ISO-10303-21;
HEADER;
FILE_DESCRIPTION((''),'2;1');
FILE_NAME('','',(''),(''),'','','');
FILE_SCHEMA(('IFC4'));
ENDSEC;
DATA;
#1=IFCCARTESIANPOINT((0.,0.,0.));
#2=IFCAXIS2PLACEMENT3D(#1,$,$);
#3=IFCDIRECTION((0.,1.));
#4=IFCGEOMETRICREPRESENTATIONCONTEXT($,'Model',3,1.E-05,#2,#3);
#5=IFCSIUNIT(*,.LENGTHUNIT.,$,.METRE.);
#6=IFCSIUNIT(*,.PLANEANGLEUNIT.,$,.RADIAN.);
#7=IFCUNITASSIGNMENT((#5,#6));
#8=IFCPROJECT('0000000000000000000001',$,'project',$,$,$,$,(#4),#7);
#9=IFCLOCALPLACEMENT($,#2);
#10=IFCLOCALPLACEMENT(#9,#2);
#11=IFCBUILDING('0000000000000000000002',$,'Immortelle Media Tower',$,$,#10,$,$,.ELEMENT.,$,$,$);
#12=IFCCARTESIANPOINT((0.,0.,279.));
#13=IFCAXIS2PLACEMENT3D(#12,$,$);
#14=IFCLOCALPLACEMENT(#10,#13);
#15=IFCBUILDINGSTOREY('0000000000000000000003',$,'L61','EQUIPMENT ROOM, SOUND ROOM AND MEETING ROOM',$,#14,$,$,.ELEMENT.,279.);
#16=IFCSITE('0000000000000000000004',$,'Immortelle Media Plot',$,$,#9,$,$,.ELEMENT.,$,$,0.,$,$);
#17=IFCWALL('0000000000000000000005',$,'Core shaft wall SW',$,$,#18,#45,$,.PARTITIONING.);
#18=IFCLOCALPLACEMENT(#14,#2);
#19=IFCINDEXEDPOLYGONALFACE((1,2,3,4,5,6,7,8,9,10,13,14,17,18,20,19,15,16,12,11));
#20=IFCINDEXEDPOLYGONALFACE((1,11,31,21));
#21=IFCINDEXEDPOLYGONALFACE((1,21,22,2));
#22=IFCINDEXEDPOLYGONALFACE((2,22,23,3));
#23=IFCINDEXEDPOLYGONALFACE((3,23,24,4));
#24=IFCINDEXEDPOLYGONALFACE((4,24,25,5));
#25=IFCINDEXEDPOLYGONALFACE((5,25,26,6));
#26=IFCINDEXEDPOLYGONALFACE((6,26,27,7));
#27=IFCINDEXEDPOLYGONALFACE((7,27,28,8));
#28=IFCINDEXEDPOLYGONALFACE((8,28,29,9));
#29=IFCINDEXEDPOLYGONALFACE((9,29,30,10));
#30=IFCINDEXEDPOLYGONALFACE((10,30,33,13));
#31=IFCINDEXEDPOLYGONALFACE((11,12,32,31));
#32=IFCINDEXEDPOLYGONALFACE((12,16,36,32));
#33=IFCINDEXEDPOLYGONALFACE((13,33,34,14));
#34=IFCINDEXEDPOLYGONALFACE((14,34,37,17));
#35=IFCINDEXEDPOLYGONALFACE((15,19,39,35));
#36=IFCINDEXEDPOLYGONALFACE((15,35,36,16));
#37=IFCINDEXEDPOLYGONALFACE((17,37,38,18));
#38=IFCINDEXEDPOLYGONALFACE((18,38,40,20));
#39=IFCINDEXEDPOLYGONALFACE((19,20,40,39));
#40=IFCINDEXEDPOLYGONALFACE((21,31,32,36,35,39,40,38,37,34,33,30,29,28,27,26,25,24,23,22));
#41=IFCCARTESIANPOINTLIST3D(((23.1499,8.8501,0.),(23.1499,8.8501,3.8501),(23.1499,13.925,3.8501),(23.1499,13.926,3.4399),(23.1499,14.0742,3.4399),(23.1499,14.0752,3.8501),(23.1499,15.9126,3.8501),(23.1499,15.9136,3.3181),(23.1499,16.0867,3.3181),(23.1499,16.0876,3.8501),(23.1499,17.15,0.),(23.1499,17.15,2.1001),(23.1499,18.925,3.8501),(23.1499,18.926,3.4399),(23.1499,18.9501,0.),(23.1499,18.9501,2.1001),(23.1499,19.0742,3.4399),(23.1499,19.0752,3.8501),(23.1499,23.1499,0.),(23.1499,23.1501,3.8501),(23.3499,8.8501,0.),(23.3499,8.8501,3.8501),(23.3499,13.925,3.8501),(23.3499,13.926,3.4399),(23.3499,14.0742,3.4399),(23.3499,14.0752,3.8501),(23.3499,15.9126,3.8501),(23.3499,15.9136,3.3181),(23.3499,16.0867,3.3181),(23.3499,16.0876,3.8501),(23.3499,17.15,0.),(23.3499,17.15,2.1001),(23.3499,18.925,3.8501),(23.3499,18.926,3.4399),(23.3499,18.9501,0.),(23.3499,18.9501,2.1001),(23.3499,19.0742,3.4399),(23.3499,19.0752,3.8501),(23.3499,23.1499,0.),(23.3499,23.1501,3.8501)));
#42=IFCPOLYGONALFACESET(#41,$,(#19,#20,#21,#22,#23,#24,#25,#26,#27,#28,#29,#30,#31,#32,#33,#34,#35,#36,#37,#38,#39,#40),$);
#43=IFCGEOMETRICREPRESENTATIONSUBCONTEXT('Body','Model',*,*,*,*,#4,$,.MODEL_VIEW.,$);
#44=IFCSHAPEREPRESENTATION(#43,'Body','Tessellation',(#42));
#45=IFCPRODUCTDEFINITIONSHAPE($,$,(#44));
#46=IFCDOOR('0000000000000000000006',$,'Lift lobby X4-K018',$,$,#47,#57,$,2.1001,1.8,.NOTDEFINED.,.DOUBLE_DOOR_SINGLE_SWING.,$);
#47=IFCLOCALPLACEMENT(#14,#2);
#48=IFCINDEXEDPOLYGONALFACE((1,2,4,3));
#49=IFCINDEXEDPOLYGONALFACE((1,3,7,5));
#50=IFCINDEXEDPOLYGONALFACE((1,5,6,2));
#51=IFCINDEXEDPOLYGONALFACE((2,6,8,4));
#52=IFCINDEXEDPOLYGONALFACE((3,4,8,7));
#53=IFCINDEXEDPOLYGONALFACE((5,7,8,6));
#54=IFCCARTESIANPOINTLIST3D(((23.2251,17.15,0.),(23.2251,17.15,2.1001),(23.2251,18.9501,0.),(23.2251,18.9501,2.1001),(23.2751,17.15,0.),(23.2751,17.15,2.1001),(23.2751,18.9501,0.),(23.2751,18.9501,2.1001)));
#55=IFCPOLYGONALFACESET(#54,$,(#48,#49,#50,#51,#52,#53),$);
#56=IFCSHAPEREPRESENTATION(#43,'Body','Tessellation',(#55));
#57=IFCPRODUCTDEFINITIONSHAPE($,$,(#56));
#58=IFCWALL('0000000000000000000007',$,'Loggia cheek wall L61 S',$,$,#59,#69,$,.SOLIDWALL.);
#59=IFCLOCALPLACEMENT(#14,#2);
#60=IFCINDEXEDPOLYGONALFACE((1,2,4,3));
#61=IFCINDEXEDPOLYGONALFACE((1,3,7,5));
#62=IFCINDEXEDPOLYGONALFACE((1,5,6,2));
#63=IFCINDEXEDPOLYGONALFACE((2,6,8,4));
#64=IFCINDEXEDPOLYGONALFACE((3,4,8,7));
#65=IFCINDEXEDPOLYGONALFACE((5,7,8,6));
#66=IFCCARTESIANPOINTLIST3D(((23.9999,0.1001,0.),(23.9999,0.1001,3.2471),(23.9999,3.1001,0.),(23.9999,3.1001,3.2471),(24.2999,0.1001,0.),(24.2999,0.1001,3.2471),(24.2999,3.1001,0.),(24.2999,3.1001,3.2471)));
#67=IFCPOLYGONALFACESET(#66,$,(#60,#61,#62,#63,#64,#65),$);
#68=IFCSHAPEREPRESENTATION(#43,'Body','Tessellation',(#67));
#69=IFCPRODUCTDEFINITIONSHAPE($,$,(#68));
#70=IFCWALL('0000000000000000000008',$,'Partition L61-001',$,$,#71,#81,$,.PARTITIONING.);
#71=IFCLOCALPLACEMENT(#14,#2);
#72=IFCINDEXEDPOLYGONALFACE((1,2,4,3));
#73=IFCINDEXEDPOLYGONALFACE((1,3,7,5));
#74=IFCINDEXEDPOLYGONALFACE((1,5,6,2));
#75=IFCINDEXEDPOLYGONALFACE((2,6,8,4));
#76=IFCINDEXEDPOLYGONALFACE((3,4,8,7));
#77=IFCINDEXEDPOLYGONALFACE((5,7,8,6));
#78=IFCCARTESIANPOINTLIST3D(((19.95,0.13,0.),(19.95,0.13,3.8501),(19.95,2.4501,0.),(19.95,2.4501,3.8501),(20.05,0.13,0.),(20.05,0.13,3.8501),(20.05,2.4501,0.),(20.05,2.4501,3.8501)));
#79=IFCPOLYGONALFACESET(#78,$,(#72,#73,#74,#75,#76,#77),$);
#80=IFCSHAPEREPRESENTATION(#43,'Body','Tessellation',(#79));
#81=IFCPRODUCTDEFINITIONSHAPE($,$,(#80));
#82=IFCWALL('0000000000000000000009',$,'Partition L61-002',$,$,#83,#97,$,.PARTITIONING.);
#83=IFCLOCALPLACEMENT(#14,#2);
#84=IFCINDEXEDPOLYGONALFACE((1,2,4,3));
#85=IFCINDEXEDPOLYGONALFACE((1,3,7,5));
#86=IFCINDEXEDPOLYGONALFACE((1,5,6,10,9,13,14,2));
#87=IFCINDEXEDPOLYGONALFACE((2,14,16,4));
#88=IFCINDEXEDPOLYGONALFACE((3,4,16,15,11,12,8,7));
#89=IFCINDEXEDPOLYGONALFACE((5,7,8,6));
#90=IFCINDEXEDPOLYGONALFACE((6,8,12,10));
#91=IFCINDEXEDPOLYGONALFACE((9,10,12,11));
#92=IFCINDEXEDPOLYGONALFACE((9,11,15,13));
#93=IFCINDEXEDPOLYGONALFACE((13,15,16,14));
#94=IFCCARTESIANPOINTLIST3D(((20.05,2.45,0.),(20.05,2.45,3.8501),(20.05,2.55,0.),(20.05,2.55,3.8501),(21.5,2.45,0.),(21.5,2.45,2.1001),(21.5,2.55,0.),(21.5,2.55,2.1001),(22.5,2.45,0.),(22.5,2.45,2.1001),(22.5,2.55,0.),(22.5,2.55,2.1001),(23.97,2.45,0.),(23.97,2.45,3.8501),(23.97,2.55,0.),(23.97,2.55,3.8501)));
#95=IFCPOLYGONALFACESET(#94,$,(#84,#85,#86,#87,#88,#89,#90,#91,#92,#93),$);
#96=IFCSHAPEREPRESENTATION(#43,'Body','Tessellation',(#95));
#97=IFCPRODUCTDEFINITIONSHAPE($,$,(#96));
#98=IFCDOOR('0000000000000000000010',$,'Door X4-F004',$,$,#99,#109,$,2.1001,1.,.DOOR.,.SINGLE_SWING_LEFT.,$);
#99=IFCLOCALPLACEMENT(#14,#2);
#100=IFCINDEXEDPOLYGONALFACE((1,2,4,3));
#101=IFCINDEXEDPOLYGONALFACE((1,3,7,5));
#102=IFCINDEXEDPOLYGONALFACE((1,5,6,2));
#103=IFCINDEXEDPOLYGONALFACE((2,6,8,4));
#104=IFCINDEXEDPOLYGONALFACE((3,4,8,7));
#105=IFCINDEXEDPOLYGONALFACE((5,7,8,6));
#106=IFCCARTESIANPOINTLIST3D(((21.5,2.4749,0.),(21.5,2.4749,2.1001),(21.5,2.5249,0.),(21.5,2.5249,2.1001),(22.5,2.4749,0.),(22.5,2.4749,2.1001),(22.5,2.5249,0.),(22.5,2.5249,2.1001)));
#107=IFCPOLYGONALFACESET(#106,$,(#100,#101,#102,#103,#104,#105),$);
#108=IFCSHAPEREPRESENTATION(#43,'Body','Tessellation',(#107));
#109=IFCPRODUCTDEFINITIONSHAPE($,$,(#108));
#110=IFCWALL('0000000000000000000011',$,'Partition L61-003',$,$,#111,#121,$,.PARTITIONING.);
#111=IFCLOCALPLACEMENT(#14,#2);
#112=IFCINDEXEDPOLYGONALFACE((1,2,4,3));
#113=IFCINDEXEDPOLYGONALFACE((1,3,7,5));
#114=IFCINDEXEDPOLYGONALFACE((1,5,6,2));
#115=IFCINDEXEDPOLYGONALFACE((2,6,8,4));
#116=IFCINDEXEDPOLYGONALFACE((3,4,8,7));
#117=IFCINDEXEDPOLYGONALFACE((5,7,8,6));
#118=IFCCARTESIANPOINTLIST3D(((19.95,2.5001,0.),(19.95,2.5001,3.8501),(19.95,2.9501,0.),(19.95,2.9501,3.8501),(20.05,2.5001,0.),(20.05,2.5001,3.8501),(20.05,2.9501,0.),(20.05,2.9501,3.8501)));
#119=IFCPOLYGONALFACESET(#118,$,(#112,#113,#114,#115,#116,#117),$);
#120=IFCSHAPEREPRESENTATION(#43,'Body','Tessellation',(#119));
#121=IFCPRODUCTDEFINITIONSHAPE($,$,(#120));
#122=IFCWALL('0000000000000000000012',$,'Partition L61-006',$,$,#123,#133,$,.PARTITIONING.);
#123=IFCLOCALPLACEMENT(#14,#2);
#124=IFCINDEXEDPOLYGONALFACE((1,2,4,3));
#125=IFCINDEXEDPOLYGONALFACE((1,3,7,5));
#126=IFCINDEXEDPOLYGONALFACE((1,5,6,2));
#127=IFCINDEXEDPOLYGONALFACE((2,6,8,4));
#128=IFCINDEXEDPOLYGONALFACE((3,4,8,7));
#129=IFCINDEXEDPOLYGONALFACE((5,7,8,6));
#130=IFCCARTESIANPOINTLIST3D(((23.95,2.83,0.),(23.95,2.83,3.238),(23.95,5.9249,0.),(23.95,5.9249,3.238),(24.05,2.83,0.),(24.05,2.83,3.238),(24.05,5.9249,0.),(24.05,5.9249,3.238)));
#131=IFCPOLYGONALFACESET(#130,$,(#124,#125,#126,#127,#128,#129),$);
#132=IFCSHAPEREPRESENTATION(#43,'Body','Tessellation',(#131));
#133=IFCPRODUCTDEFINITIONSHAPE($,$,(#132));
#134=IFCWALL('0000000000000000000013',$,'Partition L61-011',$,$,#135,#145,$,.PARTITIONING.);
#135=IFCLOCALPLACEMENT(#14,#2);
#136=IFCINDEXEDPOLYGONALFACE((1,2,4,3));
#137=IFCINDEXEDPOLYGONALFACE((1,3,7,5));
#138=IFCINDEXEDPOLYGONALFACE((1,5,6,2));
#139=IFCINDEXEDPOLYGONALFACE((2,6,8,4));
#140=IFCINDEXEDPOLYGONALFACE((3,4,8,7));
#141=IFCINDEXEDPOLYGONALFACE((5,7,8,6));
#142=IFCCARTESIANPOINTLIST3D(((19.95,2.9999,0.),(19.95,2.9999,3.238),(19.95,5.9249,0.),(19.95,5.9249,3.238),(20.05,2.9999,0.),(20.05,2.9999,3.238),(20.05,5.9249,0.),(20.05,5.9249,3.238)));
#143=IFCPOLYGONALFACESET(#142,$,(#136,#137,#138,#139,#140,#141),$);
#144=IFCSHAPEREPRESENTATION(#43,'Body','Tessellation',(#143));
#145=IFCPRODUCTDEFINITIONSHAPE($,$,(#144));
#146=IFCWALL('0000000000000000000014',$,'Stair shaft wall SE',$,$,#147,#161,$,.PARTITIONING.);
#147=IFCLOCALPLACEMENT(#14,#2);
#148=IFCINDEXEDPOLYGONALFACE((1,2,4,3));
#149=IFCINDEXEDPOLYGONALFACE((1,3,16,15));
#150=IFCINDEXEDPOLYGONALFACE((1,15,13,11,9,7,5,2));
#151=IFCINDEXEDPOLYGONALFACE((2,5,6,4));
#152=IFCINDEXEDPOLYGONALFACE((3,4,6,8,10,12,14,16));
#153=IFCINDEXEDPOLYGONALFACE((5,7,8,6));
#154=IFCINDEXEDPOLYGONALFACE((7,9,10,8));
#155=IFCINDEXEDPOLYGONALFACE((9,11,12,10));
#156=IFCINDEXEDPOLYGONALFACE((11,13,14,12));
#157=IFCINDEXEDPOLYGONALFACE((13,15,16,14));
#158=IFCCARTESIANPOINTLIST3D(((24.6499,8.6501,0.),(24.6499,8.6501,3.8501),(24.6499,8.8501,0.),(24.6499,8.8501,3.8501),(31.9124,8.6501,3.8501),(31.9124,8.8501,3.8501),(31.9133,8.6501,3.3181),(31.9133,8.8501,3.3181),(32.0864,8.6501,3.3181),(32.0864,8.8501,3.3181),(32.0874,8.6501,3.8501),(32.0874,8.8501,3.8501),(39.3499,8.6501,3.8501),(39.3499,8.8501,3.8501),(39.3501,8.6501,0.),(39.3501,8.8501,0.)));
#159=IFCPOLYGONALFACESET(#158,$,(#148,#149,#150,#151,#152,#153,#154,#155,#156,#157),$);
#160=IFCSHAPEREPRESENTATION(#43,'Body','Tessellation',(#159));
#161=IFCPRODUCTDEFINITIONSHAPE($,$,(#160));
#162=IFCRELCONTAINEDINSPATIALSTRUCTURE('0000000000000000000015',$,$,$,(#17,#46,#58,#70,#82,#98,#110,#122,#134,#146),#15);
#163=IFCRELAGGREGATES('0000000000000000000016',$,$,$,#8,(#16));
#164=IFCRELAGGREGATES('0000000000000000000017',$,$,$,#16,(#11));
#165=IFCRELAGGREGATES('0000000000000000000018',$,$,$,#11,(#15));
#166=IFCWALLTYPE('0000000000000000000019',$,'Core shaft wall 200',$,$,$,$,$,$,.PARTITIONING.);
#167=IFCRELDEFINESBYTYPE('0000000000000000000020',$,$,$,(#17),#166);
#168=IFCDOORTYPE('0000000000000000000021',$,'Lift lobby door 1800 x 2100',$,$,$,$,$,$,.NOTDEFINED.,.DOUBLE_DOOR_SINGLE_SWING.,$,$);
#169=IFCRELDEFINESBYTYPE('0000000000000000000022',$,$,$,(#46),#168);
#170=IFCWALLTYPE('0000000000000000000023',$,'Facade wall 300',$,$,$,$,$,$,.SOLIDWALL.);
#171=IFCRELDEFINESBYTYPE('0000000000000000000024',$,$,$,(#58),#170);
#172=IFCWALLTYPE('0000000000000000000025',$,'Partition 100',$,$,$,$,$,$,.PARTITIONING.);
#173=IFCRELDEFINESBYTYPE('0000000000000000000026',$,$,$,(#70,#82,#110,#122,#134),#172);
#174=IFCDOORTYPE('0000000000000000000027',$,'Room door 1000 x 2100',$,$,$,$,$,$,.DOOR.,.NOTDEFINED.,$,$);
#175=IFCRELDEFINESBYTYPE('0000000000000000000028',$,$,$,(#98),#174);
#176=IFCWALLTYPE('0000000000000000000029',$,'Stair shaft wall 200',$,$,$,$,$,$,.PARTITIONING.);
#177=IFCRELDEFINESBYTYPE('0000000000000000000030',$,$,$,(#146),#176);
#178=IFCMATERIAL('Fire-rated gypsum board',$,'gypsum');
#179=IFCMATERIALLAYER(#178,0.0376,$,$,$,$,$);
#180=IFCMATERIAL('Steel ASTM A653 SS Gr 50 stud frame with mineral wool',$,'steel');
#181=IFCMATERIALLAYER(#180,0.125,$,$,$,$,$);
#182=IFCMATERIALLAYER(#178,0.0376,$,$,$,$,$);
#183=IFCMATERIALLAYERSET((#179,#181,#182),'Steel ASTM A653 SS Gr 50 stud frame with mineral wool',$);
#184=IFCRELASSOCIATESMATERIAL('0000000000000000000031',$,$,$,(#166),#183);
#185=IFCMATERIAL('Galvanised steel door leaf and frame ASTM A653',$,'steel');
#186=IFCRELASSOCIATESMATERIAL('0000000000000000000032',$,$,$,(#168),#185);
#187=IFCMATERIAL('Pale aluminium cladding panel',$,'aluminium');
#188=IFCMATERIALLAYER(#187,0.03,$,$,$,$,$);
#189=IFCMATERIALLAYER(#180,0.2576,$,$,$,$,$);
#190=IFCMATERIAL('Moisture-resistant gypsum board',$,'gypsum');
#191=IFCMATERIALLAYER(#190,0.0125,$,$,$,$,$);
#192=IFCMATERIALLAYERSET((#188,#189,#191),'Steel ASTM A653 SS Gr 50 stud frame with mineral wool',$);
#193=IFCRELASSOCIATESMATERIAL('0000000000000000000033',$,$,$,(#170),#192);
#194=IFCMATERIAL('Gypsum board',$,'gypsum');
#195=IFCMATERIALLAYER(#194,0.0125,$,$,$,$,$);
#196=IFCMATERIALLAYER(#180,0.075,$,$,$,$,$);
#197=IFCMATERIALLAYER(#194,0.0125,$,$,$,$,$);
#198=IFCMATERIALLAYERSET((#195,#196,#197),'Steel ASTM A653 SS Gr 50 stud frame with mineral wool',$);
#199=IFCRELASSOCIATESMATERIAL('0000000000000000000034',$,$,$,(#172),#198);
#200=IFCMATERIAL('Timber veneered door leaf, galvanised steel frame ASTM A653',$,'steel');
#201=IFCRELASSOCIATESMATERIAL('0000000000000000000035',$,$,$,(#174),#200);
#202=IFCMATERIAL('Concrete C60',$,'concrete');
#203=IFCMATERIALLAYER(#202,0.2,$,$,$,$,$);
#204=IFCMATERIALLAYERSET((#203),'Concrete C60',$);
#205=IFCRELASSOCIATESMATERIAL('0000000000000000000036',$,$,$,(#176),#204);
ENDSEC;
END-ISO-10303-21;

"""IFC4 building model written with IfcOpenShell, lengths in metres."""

from ifc_helpers import new_model, si_unit, direction, frame, frame_2d, origin, place, context, subcontext, project, spatial, polyline, rectangle, outline, extrude, material, layer, layer_set, type_object, element, fill, save


model = new_model("IFC4")

# Units and contexts
model_context = context("Model", 3, precision=1e-05, world=origin(), true_north=direction((0.0, 1.0)))
body_context = subcontext(model_context, "Body", "Model", "MODEL_VIEW")
ifc_project = project(units=[si_unit("LENGTHUNIT", "METRE"), si_unit("PLANEANGLEUNIT", "RADIAN")], contexts=[model_context])

# Site, building, storey
site_placement = place(None, origin())
site = spatial("IfcSite", under=ifc_project, at=site_placement, Name="Immortelle Media Plot", CompositionType="ELEMENT", RefElevation=0.0)
building_placement = place(site_placement, origin())
building = spatial("IfcBuilding", under=site, at=building_placement, Name="Immortelle Media Tower", CompositionType="ELEMENT")
storey_placement = place(building_placement, frame((0.0, 0.0, 279.0)))
storey = spatial("IfcBuildingStorey", under=building, at=storey_placement, Name="L61", Description="EQUIPMENT ROOM, SOUND ROOM AND MEETING ROOM", CompositionType="ELEMENT", Elevation=279.0)

# Wall, opening, door
ifc_material_1 = material(Name="Fire-rated gypsum board", Category="gypsum")
ifc_layer_1 = layer(ifc_material_1, 0.0376)
ifc_material_2 = material(Name="Steel ASTM A653 SS Gr 50 stud frame with mineral wool", Category="steel")
ifc_layer_2 = layer(ifc_material_2, 0.125)
ifc_layer_3 = layer(ifc_material_1, 0.0376)
ifc_layer_set_1 = layer_set([ifc_layer_1, ifc_layer_2, ifc_layer_3], Name="Steel ASTM A653 SS Gr 50 stud frame with mineral wool")
wall_type_1 = type_object("IfcWallType", Name="Core shaft wall 200", PredefinedType="PARTITIONING", material=ifc_layer_set_1)
wall_1_placement = place(storey_placement, frame((23.25, 8.8501, 0.0), z_axis=(0.0, 0.0, 1.0), x_axis=(0.0, 1.0, 0.0)))
wall_1 = element("IfcWall", 1, at=wall_1_placement, inside=storey, type_object=wall_type_1, Name="Core shaft wall SW", PredefinedType="PARTITIONING", context=body_context, shape_type="SweptSolid", body=[
    extrude(outline(polyline([(0.0, 0.0), (14.2998, 0.0), (14.3, 3.8501), (10.2251, 3.8501), (10.2241, 3.4399), (10.0759, 3.4399), (10.075, 3.8501), (7.2375, 3.8501), (7.2366, 3.3181), (7.0635, 3.3181), (7.0625, 3.8501), (5.2251, 3.8501), (5.2241, 3.4399), (5.0759, 3.4399), (5.075, 3.8501), (0.0, 3.8501), (0.0, 0.0)])), frame((0.0, 0.1001, 0.0), z_axis=(0.0, -1.0, 0.0), x_axis=(1.0, 0.0, 0.0)), (0.0, 0.0, 1.0), 0.2),
])
opening_1_placement = place(wall_1_placement, frame((8.3, 0.0, 0.0)))
opening_1 = element("IfcOpeningElement", 2, at=opening_1_placement, cuts=wall_1, PredefinedType="OPENING", context=body_context, shape_type="SweptSolid", body=[
    extrude(rectangle(XDim=1.8, YDim=2.1001, at=frame_2d((0.8999, 1.05))), frame((0.0, 0.1099, 0.0), z_axis=(0.0, -1.0, 0.0), x_axis=(1.0, 0.0, 0.0)), (0.0, 0.0, 1.0), 0.22),
])
ifc_material_3 = material(Name="Galvanised steel door leaf and frame ASTM A653", Category="steel")
door_type_1 = type_object("IfcDoorType", Name="Lift lobby door 1800 x 2100", OperationType="DOUBLE_DOOR_SINGLE_SWING", PredefinedType="NOTDEFINED", material=ifc_material_3)
door_1_placement = place(opening_1_placement, origin())
door_1 = element("IfcDoor", 3, at=door_1_placement, inside=storey, type_object=door_type_1, Name="Lift lobby X4-K018", OperationType="DOUBLE_DOOR_SINGLE_SWING", OverallHeight=2.1001, OverallWidth=1.8, PredefinedType="NOTDEFINED", context=body_context, shape_type="SweptSolid", body=[
    extrude(rectangle(XDim=1.8, YDim=2.1001, at=frame_2d((0.8999, 1.05))), frame((0.0, 0.0249, 0.0), z_axis=(0.0, -1.0, 0.0), x_axis=(1.0, 0.0, 0.0)), (0.0, 0.0, 1.0), 0.05),
])
fill(opening_1, door_1)

# Shared definitions
ifc_material_4 = material(Name="Pale aluminium cladding panel", Category="aluminium")
ifc_layer_4 = layer(ifc_material_4, 0.03)
ifc_layer_5 = layer(ifc_material_2, 0.2576)
ifc_material_5 = material(Name="Moisture-resistant gypsum board", Category="gypsum")
ifc_layer_6 = layer(ifc_material_5, 0.0125)
ifc_layer_set_2 = layer_set([ifc_layer_4, ifc_layer_5, ifc_layer_6], Name="Steel ASTM A653 SS Gr 50 stud frame with mineral wool")
wall_type_2 = type_object("IfcWallType", Name="Facade wall 300", PredefinedType="SOLIDWALL", material=ifc_layer_set_2)

# Walls
wall_2_placement = place(storey_placement, frame((24.1499, 0.1001, 0.0), z_axis=(0.0, 0.0, 1.0), x_axis=(0.0, 1.0, 0.0)))
element("IfcWall", 4, at=wall_2_placement, inside=storey, type_object=wall_type_2, Name="Loggia cheek wall L61 S", PredefinedType="SOLIDWALL", context=body_context, shape_type="SweptSolid", body=[
    extrude(rectangle(XDim=3.0, YDim=0.3, at=frame_2d((1.5, 0.0))), origin(), (0.0, 0.0, 1.0), 3.2471),
])
ifc_material_6 = material(Name="Gypsum board", Category="gypsum")
ifc_layer_7 = layer(ifc_material_6, 0.0125)
ifc_layer_8 = layer(ifc_material_2, 0.075)
ifc_layer_9 = layer(ifc_material_6, 0.0125)
ifc_layer_set_3 = layer_set([ifc_layer_7, ifc_layer_8, ifc_layer_9], Name="Steel ASTM A653 SS Gr 50 stud frame with mineral wool")
wall_type_3 = type_object("IfcWallType", Name="Partition 100", PredefinedType="PARTITIONING", material=ifc_layer_set_3)
wall_3_placement = place(storey_placement, frame((20.0, 0.1299, 0.0), z_axis=(0.0, 0.0, 1.0), x_axis=(0.0, 1.0, 0.0)))
element("IfcWall", 5, at=wall_3_placement, inside=storey, type_object=wall_type_3, Name="Partition L61-001", PredefinedType="PARTITIONING", context=body_context, shape_type="SweptSolid", body=[
    extrude(rectangle(XDim=2.3201, YDim=0.1001, at=frame_2d((1.1602, 0.0))), origin(), (0.0, 0.0, 1.0), 3.8501),
])

# Wall, opening, door
wall_4_placement = place(storey_placement, frame((20.05, 2.5, 0.0), z_axis=(0.0, 0.0, 1.0), x_axis=(1.0, 0.0, 0.0)))
wall_4 = element("IfcWall", 6, at=wall_4_placement, inside=storey, type_object=wall_type_3, Name="Partition L61-002", PredefinedType="PARTITIONING", context=body_context, shape_type="SweptSolid", body=[
    extrude(rectangle(XDim=3.9199, YDim=0.1001, at=frame_2d((1.96, 0.0))), origin(), (0.0, 0.0, 1.0), 3.8501),
])
opening_2_placement = place(wall_4_placement, frame((1.45, 0.0, 0.0)))
opening_2 = element("IfcOpeningElement", 7, at=opening_2_placement, cuts=wall_4, PredefinedType="OPENING", context=body_context, shape_type="SweptSolid", body=[
    extrude(rectangle(XDim=1.0, YDim=2.1001, at=frame_2d((0.5, 1.05))), frame((0.0, 0.0601, 0.0), z_axis=(0.0, -1.0, 0.0), x_axis=(1.0, 0.0, 0.0)), (0.0, 0.0, 1.0), 0.1201),
])
ifc_material_7 = material(Name="Timber veneered door leaf, galvanised steel frame ASTM A653", Category="steel")
door_type_2 = type_object("IfcDoorType", Name="Room door 1000 x 2100", OperationType="NOTDEFINED", PredefinedType="DOOR", material=ifc_material_7)
door_2_placement = place(opening_2_placement, origin())
door_2 = element("IfcDoor", 8, at=door_2_placement, inside=storey, type_object=door_type_2, Name="Door X4-F004", OperationType="SINGLE_SWING_LEFT", OverallHeight=2.1001, OverallWidth=1.0, PredefinedType="DOOR", context=body_context, shape_type="SweptSolid", body=[
    extrude(rectangle(XDim=1.0, YDim=2.1001, at=frame_2d((0.5, 1.05))), frame((0.0, 0.0249, 0.0), z_axis=(0.0, -1.0, 0.0), x_axis=(1.0, 0.0, 0.0)), (0.0, 0.0, 1.0), 0.05),
])
fill(opening_2, door_2)

# Walls
wall_5_placement = place(storey_placement, frame((20.0, 2.5, 0.0), z_axis=(0.0, 0.0, 1.0), x_axis=(0.0, 1.0, 0.0)))
element("IfcWall", 9, at=wall_5_placement, inside=storey, type_object=wall_type_3, Name="Partition L61-003", PredefinedType="PARTITIONING", context=body_context, shape_type="SweptSolid", body=[
    extrude(rectangle(XDim=0.45, YDim=0.1001, at=frame_2d((0.2251, 0.0))), origin(), (0.0, 0.0, 1.0), 3.8501),
])
wall_6_placement = place(storey_placement, frame((24.0, 2.8301, 0.0), z_axis=(0.0, 0.0, 1.0), x_axis=(0.0, 1.0, 0.0)))
element("IfcWall", 10, at=wall_6_placement, inside=storey, type_object=wall_type_3, Name="Partition L61-006", PredefinedType="PARTITIONING", context=body_context, shape_type="SweptSolid", body=[
    extrude(rectangle(XDim=3.095, YDim=0.1001, at=frame_2d((1.5474, 0.0))), origin(), (0.0, 0.0, 1.0), 3.238),
])
wall_7_placement = place(storey_placement, frame((20.0, 3.0, 0.0), z_axis=(0.0, 0.0, 1.0), x_axis=(0.0, 1.0, 0.0)))
element("IfcWall", 11, at=wall_7_placement, inside=storey, type_object=wall_type_3, Name="Partition L61-011", PredefinedType="PARTITIONING", context=body_context, shape_type="SweptSolid", body=[
    extrude(rectangle(XDim=2.925, YDim=0.1001, at=frame_2d((1.4624, 0.0))), origin(), (0.0, 0.0, 1.0), 3.238),
])
ifc_material_8 = material(Name="Concrete C60", Category="concrete")
ifc_layer_10 = layer(ifc_material_8, 0.2)
ifc_layer_set_4 = layer_set([ifc_layer_10], Name="Concrete C60")
wall_type_4 = type_object("IfcWallType", Name="Stair shaft wall 200", PredefinedType="PARTITIONING", material=ifc_layer_set_4)
wall_8_placement = place(storey_placement, frame((24.6499, 8.75, 0.0), z_axis=(0.0, 0.0, 1.0), x_axis=(1.0, 0.0, 0.0)))
element("IfcWall", 12, at=wall_8_placement, inside=storey, type_object=wall_type_4, Name="Stair shaft wall SE", PredefinedType="PARTITIONING", context=body_context, shape_type="SweptSolid", body=[
    extrude(outline(polyline([(0.0, 0.0), (14.7002, 0.0), (14.7, 3.8501), (7.4375, 3.8501), (7.4365, 3.3181), (7.2634, 3.3181), (7.2625, 3.8501), (0.0, 3.8501), (0.0, 0.0)])), frame((0.0, 0.1001, 0.0), z_axis=(0.0, -1.0, 0.0), x_axis=(1.0, 0.0, 0.0)), (0.0, 0.0, 1.0), 0.2),
])

save(model, "model.ifc")
